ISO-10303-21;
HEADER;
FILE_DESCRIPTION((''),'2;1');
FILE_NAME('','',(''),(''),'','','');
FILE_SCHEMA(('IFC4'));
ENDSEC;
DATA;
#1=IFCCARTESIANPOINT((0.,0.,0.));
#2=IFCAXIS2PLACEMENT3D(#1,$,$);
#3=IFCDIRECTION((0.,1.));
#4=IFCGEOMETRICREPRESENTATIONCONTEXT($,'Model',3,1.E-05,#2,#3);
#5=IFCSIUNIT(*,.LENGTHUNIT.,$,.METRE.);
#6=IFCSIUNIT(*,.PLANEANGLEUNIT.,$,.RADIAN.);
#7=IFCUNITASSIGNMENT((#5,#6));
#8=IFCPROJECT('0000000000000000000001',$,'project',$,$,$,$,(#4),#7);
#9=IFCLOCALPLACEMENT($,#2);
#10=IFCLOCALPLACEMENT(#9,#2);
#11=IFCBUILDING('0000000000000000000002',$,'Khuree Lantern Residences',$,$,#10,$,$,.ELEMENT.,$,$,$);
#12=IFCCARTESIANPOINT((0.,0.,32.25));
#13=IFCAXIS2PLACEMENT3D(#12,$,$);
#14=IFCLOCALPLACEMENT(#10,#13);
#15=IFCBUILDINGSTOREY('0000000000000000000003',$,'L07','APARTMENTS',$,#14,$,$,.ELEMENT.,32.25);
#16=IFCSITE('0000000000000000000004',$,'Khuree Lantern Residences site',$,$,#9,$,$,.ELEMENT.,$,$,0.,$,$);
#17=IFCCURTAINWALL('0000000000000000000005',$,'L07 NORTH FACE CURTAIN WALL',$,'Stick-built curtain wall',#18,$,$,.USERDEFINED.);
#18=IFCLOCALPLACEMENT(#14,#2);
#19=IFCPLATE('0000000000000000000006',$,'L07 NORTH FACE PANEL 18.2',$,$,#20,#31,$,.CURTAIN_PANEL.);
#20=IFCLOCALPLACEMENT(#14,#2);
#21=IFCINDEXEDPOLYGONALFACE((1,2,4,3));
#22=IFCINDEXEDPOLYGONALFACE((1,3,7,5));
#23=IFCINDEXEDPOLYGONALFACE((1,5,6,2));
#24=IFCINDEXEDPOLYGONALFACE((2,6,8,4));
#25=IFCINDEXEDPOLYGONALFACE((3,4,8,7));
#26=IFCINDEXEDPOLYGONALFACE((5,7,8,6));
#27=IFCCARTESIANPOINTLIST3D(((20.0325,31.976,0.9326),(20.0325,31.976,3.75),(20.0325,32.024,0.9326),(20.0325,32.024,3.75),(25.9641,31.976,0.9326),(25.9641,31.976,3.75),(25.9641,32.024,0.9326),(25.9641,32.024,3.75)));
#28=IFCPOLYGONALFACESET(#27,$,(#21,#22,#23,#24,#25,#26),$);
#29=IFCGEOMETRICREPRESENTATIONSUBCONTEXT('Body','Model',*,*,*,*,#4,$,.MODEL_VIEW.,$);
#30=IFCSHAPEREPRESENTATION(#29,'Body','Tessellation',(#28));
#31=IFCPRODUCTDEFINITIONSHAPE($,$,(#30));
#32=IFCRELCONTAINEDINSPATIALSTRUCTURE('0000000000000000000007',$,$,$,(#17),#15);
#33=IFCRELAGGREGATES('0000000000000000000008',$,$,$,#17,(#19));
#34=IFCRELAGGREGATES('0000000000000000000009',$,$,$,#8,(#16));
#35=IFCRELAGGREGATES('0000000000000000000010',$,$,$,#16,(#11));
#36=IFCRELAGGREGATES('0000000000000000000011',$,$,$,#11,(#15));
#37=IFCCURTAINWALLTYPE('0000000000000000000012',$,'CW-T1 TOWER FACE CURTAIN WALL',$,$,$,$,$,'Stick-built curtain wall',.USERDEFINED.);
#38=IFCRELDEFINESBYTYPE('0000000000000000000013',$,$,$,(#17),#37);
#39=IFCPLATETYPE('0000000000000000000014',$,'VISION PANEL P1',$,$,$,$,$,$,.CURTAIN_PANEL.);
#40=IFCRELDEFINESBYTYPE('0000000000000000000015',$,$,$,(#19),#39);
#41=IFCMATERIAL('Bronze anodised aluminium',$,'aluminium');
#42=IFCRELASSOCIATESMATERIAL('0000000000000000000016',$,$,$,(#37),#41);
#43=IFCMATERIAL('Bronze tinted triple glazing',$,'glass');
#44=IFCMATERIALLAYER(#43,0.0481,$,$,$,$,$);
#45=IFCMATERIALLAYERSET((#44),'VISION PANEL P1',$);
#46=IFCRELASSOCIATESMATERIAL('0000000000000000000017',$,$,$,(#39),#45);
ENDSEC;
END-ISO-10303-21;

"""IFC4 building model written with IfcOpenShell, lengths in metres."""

from ifc_helpers import new_model, si_unit, direction, frame, origin, origin_2d, place, context, subcontext, project, spatial, rectangle, extrude, material, layer, layer_set, type_object, element, aggregate, save


model = new_model("IFC4")

# Units and contexts
model_context = context("Model", 3, precision=1e-05, world=origin(), true_north=direction((0.0, 1.0)))
body_context = subcontext(model_context, "Body", "Model", "MODEL_VIEW")
ifc_project = project(units=[si_unit("LENGTHUNIT", "METRE"), si_unit("PLANEANGLEUNIT", "RADIAN")], contexts=[model_context])

# Site, building, storey
site_placement = place(None, origin())
site = spatial("IfcSite", under=ifc_project, at=site_placement, Name="Khuree Lantern Residences site", CompositionType="ELEMENT", RefElevation=0.0)
building_placement = place(site_placement, origin())
building = spatial("IfcBuilding", under=site, at=building_placement, Name="Khuree Lantern Residences", CompositionType="ELEMENT")
storey_placement = place(building_placement, frame((0.0, 0.0, 32.25)))
storey = spatial("IfcBuildingStorey", under=building, at=storey_placement, Name="L07", Description="APARTMENTS", CompositionType="ELEMENT", Elevation=32.25)

# Curtain wall
ifc_material_1 = material(Name="Bronze anodised aluminium", Category="aluminium")
curtain_wall_type_1 = type_object("IfcCurtainWallType", Name="CW-T1 TOWER FACE CURTAIN WALL", ElementType="Stick-built curtain wall", PredefinedType="USERDEFINED", material=ifc_material_1)
curtain_wall_1_placement = place(storey_placement, origin())
curtain_wall_1 = element("IfcCurtainWall", 1, at=curtain_wall_1_placement, inside=storey, type_object=curtain_wall_type_1, Name="L07 NORTH FACE CURTAIN WALL", ObjectType="Stick-built curtain wall", PredefinedType="USERDEFINED")

# Plate
ifc_material_2 = material(Name="Bronze tinted triple glazing", Category="glass")
ifc_layer_1 = layer(ifc_material_2, 0.0481)
ifc_layer_set_1 = layer_set([ifc_layer_1], Name="VISION PANEL P1")
plate_type_1 = type_object("IfcPlateType", Name="VISION PANEL P1", PredefinedType="CURTAIN_PANEL", material=ifc_layer_set_1)
plate_1_placement = place(storey_placement, frame((22.9983, 32.0, 0.9326), z_axis=(0.0, 0.0, 1.0), x_axis=(-1.0, 0.0, 0.0)))
plate_1 = element("IfcPlate", 2, at=plate_1_placement, type_object=plate_type_1, Name="L07 NORTH FACE PANEL 18.2", PredefinedType="CURTAIN_PANEL", context=body_context, shape_type="SweptSolid", body=[
    extrude(rectangle(XDim=5.9316, YDim=0.0481, at=origin_2d()), origin(), (0.0, 0.0, 1.0), 2.8174),
])
aggregate(curtain_wall_1, [plate_1])

save(model, "model.ifc")
